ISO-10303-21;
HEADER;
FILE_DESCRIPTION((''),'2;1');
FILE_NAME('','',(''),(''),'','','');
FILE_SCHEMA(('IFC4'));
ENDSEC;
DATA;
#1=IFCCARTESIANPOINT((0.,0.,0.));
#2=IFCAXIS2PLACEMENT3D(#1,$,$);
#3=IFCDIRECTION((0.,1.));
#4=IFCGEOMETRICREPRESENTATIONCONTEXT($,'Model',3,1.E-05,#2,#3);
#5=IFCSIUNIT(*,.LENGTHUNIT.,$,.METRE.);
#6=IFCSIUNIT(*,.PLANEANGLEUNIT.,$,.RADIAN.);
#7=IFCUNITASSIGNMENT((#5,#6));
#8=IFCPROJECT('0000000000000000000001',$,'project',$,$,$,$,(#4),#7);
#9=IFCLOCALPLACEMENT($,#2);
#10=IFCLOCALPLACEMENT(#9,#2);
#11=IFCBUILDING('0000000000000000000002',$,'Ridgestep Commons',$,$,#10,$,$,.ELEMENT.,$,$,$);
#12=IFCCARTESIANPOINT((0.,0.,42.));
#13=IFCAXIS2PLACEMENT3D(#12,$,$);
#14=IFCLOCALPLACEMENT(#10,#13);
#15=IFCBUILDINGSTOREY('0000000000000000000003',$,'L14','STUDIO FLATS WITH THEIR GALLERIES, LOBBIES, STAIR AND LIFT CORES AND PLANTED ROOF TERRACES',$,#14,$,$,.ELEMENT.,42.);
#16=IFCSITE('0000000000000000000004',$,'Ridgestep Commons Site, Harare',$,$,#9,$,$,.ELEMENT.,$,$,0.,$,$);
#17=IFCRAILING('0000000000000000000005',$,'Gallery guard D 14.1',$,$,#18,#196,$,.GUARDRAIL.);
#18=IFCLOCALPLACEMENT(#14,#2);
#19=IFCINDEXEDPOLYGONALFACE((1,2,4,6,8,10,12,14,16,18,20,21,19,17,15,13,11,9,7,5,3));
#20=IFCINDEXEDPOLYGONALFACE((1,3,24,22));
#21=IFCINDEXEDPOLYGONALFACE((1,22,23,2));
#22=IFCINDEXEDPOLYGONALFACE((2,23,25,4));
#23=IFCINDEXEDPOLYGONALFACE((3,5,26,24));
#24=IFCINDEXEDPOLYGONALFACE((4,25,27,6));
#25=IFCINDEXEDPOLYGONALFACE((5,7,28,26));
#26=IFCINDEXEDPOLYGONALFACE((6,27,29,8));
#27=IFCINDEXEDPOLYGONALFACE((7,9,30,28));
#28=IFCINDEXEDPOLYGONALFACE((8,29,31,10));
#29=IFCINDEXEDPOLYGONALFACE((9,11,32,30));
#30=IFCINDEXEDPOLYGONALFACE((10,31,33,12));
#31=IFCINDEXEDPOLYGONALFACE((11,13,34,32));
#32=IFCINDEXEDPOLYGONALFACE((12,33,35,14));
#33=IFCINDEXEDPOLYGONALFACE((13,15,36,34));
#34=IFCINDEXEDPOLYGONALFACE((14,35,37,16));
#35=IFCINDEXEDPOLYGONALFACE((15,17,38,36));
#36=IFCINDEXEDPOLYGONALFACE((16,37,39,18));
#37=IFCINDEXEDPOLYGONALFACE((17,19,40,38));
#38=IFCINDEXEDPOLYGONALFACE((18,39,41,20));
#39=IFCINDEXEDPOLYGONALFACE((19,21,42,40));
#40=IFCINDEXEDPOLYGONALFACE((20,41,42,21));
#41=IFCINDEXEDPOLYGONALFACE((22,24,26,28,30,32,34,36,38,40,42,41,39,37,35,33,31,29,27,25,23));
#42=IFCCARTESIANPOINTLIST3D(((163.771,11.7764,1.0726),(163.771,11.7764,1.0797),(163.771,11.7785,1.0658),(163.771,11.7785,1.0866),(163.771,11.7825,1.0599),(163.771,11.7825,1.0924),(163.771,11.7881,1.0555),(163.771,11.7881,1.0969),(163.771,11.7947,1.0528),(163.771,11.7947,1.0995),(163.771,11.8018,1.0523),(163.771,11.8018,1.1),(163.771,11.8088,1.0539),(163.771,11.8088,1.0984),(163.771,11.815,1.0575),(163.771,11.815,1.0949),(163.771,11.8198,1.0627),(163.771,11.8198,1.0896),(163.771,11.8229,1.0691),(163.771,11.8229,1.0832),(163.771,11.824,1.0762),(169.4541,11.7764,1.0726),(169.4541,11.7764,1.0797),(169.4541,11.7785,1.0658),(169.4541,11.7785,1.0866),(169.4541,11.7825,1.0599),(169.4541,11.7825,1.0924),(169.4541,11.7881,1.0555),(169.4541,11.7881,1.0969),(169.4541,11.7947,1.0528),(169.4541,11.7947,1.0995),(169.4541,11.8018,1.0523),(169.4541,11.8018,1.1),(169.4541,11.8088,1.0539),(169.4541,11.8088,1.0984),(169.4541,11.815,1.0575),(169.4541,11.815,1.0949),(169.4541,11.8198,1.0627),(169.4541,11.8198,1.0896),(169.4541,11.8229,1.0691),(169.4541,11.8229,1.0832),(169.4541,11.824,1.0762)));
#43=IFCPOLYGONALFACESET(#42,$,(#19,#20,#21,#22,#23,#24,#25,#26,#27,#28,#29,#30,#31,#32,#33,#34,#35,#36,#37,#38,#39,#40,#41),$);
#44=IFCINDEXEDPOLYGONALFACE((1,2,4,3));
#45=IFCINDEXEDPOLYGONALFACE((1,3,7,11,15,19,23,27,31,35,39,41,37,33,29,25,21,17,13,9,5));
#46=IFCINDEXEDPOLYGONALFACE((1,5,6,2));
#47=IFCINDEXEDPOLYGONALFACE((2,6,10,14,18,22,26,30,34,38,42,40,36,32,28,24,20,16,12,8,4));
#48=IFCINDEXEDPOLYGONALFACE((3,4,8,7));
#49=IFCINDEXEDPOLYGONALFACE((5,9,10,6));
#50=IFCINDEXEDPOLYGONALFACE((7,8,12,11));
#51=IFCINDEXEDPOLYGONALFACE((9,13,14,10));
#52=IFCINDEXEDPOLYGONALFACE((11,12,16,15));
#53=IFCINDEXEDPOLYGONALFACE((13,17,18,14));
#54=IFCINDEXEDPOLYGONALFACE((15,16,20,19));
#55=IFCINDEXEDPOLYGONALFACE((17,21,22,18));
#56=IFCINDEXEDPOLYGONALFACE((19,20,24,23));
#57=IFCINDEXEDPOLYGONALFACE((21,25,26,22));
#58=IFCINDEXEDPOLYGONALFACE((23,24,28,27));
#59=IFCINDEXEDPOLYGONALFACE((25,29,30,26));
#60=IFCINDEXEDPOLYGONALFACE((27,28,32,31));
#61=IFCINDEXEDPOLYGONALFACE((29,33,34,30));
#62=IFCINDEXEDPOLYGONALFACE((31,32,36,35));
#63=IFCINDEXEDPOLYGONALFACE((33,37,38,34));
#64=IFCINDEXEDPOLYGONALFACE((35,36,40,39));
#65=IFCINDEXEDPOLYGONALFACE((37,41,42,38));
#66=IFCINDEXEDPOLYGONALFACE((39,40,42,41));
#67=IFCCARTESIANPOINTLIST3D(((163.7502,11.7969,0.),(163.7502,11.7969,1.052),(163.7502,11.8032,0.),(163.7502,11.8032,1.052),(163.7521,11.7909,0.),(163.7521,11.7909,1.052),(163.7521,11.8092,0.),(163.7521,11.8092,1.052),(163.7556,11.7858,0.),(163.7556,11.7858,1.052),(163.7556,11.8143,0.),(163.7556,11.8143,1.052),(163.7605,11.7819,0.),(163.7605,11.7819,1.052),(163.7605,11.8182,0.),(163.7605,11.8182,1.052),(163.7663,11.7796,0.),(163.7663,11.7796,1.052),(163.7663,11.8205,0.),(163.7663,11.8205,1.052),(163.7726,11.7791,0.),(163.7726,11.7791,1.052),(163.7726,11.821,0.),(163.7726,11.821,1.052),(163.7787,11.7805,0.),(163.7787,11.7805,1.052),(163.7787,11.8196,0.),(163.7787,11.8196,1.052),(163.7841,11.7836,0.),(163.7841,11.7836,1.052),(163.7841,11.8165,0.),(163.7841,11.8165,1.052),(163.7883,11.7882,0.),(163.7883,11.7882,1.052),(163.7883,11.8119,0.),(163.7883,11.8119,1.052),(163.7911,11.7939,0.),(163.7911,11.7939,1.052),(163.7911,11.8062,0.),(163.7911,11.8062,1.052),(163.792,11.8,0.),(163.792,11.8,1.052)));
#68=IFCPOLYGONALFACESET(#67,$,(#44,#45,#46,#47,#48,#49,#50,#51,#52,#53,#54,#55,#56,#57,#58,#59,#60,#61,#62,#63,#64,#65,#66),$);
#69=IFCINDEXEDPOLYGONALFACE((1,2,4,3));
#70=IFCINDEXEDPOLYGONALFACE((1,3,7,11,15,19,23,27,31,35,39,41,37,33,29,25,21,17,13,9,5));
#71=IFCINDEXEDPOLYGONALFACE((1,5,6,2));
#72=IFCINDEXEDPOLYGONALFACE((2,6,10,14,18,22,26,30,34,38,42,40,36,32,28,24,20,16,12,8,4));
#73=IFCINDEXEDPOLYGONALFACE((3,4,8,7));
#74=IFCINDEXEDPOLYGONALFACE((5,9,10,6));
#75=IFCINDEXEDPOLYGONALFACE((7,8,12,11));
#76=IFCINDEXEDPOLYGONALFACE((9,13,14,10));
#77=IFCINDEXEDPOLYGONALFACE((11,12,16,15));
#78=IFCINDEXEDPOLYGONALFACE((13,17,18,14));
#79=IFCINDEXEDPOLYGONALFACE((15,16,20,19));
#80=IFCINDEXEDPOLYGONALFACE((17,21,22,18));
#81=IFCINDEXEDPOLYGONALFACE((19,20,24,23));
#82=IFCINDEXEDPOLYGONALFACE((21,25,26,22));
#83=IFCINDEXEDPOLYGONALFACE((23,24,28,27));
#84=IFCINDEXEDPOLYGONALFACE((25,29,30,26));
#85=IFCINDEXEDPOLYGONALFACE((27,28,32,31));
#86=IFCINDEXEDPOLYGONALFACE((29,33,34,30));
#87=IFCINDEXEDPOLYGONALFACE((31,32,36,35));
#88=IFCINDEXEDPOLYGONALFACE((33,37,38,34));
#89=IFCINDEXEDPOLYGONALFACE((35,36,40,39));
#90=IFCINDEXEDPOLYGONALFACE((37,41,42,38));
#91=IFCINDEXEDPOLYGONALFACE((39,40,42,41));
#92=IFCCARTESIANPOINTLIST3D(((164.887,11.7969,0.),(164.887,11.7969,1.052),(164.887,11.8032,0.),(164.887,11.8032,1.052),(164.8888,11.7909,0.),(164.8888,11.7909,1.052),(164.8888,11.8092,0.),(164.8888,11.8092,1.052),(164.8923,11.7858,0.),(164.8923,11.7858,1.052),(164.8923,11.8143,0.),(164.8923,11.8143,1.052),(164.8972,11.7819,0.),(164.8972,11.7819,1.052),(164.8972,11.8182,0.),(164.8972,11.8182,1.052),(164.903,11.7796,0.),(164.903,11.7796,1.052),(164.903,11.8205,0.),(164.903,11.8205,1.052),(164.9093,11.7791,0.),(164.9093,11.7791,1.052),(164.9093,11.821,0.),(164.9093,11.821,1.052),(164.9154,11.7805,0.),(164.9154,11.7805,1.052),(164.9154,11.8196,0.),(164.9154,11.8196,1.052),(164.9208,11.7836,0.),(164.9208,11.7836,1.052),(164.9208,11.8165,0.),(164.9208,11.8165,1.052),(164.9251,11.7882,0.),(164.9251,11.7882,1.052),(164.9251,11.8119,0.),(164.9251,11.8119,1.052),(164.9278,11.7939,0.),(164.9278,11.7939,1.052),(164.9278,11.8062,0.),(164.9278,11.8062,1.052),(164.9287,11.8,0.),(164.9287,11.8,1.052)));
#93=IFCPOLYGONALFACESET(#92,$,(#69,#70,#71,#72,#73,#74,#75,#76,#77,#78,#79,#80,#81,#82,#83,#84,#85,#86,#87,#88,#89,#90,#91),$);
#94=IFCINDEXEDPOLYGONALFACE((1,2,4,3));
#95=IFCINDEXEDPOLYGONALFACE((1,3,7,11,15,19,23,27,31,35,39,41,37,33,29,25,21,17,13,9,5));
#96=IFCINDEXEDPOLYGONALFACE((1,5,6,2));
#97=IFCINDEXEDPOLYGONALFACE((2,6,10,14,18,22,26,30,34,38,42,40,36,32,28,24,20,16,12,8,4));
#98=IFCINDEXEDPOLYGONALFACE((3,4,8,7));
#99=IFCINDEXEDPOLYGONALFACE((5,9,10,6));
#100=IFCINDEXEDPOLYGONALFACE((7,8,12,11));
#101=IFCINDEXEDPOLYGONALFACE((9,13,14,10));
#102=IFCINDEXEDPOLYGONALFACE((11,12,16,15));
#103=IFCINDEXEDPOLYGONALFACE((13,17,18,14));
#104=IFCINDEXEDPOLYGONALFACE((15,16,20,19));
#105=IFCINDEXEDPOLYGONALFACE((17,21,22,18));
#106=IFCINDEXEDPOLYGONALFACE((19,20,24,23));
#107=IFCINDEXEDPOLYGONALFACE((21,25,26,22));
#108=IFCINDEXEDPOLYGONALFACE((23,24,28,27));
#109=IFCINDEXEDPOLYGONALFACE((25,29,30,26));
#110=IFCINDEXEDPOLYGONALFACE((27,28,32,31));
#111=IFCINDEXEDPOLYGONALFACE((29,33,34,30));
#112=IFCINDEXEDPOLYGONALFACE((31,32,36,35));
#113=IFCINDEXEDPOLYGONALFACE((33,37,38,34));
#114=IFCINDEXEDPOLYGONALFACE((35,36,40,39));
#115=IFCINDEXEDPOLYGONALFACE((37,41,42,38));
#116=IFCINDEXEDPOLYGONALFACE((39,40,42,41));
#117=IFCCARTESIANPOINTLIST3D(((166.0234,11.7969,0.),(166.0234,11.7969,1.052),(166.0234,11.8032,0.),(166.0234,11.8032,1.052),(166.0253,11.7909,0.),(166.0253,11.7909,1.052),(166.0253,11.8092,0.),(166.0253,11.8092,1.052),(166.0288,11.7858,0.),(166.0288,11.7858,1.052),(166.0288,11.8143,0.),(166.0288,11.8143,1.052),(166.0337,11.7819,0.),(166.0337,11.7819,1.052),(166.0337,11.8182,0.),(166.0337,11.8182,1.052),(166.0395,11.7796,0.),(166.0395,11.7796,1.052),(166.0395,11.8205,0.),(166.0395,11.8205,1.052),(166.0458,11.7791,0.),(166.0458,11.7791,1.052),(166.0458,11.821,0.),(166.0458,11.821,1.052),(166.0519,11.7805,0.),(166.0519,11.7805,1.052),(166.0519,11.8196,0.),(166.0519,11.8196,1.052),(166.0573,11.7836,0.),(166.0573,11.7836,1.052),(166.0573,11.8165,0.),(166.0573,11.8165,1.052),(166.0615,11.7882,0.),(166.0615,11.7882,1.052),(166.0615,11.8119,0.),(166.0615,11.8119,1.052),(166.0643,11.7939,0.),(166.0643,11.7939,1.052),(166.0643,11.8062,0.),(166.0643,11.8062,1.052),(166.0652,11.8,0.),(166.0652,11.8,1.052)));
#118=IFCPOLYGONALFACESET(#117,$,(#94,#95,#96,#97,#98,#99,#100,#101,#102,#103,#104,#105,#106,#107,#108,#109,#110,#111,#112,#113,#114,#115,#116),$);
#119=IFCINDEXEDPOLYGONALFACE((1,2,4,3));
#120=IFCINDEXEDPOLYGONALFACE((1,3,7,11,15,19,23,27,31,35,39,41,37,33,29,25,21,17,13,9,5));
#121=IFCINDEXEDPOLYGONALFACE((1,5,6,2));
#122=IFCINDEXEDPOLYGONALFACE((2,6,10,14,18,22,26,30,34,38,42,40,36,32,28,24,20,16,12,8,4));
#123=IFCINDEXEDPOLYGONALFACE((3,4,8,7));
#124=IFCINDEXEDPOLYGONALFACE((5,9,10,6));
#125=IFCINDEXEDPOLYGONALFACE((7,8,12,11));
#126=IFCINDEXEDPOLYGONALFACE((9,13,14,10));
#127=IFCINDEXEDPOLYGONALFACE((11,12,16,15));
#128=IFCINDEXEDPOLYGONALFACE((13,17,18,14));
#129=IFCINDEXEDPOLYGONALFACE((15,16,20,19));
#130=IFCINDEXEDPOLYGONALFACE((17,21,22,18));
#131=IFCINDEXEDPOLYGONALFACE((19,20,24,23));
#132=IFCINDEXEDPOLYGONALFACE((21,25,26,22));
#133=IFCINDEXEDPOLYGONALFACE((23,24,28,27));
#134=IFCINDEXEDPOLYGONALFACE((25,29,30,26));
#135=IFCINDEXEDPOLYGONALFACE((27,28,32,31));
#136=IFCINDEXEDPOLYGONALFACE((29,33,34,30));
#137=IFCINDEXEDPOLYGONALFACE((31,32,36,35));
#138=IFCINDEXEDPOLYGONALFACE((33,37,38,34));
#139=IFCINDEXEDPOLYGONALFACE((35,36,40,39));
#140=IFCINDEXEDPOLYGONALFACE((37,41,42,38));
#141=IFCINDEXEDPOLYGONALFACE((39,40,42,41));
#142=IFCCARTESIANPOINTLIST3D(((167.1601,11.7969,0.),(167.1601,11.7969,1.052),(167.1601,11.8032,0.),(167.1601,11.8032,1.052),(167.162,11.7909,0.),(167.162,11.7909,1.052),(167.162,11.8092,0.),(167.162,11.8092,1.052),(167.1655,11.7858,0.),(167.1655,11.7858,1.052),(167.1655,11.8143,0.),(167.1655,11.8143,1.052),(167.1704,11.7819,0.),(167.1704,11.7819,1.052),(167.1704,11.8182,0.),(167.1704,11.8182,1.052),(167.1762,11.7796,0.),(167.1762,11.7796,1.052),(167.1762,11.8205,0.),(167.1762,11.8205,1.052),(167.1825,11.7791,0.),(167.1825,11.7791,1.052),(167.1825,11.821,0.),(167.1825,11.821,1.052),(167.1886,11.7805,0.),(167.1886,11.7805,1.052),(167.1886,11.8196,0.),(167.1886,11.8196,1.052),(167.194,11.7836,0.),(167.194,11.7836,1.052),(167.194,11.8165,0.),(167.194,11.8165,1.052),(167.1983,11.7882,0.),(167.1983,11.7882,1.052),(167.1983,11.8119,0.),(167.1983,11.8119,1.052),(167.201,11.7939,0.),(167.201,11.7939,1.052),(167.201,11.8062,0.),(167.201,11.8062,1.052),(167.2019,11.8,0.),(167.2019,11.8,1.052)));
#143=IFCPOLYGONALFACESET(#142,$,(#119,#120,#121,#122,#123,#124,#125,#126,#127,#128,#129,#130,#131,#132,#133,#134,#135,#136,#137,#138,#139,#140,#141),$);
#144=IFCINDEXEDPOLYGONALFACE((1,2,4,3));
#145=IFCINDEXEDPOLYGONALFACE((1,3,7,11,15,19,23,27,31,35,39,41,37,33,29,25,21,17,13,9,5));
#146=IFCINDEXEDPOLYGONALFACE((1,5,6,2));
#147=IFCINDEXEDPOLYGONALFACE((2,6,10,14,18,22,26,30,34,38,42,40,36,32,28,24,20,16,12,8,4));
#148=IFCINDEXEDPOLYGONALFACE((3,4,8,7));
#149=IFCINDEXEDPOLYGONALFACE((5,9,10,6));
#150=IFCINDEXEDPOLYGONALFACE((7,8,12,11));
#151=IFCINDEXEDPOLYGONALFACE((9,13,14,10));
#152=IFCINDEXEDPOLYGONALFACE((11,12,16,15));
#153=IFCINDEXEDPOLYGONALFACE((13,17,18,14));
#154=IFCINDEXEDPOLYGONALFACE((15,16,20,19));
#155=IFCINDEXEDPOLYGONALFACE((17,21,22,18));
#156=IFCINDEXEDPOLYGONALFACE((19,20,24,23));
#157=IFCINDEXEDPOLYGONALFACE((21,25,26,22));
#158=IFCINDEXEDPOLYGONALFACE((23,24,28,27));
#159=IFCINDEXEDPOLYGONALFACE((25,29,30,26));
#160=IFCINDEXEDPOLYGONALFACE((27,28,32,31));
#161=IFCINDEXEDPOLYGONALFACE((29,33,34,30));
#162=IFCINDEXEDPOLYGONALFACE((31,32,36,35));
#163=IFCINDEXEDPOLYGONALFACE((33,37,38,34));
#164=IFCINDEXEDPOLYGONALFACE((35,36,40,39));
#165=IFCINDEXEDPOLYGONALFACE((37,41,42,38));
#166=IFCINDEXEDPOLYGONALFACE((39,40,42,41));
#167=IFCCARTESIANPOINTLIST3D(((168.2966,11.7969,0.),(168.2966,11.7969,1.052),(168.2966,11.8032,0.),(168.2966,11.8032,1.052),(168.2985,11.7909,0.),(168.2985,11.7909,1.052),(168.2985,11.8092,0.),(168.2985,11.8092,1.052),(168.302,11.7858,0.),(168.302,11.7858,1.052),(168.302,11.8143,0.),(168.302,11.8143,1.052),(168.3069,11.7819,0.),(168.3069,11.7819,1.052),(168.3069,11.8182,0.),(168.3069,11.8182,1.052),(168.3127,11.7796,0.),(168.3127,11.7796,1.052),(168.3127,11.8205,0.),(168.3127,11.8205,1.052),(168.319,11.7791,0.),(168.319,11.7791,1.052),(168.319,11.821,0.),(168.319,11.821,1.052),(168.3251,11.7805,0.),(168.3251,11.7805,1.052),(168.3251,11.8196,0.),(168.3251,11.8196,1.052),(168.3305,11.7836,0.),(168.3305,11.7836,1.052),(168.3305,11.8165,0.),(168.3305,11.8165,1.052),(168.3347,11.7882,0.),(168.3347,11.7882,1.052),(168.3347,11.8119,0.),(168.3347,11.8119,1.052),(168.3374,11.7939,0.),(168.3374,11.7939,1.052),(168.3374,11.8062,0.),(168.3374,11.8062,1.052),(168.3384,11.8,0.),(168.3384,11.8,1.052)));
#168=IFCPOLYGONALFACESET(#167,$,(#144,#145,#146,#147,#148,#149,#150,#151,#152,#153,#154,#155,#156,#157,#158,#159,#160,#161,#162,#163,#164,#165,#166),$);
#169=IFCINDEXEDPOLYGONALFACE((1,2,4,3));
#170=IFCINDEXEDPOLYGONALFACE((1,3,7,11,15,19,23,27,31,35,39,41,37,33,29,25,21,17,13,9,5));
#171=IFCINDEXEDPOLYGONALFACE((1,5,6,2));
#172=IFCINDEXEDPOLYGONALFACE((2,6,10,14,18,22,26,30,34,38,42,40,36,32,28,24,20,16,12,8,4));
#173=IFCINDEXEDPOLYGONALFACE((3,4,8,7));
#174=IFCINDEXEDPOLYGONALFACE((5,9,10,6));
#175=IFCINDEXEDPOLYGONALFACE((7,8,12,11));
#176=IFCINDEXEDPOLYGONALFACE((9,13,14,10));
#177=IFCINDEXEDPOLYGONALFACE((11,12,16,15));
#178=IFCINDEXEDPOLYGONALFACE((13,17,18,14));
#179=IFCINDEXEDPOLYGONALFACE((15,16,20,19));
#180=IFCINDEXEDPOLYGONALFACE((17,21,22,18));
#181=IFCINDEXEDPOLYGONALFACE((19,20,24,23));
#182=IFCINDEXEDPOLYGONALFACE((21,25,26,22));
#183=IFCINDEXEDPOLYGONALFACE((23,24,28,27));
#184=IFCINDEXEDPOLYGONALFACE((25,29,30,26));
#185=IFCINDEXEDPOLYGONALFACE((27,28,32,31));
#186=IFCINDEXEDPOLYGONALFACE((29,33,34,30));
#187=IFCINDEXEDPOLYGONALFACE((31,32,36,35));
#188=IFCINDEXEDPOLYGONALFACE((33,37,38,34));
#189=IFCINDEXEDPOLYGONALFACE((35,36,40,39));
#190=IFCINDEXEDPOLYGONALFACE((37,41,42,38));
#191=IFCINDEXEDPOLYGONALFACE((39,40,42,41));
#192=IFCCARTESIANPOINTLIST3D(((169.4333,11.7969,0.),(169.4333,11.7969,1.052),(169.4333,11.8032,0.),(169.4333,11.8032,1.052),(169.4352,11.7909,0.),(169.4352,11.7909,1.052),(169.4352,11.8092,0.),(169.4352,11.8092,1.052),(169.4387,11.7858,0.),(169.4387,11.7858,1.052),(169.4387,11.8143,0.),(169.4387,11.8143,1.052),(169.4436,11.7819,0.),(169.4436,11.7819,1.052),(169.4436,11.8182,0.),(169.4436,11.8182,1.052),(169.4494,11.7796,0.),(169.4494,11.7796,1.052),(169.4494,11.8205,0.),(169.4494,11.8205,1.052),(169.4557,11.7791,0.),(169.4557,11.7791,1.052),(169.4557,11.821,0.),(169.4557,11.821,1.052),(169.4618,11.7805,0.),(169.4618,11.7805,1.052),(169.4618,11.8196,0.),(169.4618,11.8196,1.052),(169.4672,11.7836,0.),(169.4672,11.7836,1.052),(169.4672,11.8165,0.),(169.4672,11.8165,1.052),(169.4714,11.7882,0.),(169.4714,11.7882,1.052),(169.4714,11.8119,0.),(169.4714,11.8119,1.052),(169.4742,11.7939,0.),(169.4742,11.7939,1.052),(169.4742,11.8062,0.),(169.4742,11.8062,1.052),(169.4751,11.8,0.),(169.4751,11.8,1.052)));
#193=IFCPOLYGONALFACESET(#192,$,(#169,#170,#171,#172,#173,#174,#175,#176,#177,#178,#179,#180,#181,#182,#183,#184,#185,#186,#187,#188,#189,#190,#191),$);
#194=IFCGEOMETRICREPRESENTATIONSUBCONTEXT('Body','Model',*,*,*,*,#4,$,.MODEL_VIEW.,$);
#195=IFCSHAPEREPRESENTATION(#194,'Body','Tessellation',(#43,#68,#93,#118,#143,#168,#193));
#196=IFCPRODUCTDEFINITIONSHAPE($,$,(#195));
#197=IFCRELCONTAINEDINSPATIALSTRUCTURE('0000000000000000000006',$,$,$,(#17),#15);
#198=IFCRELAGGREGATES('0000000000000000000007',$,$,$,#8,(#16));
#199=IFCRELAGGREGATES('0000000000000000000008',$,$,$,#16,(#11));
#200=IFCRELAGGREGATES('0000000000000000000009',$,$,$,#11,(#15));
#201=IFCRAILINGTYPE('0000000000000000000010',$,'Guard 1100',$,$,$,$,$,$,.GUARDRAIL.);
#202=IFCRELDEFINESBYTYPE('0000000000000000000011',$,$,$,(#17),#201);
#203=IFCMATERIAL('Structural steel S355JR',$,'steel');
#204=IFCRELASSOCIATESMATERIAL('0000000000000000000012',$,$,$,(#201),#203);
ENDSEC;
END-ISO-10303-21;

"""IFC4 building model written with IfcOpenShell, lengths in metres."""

from ifc_helpers import new_model, si_unit, direction, frame, origin, origin_2d, place, context, subcontext, project, spatial, circle, extrude, material, type_object, element, save


model = new_model("IFC4")

# Units and contexts
model_context = context("Model", 3, precision=1e-05, world=origin(), true_north=direction((0.0, 1.0)))
body_context = subcontext(model_context, "Body", "Model", "MODEL_VIEW")
ifc_project = project(units=[si_unit("LENGTHUNIT", "METRE"), si_unit("PLANEANGLEUNIT", "RADIAN")], contexts=[model_context])

# Site, building, storey
site_placement = place(None, origin())
site = spatial("IfcSite", under=ifc_project, at=site_placement, Name="Ridgestep Commons Site, Harare", CompositionType="ELEMENT", RefElevation=0.0)
building_placement = place(site_placement, origin())
building = spatial("IfcBuilding", under=site, at=building_placement, Name="Ridgestep Commons", CompositionType="ELEMENT")
storey_placement = place(building_placement, frame((0.0, 0.0, 42.0)))
storey = spatial("IfcBuildingStorey", under=building, at=storey_placement, Name="L14", Description="STUDIO FLATS WITH THEIR GALLERIES, LOBBIES, STAIR AND LIFT CORES AND PLANTED ROOF TERRACES", CompositionType="ELEMENT", Elevation=42.0)

# Railing
ifc_material_1 = material(Name="Structural steel S355JR", Category="steel")
railing_type = type_object("IfcRailingType", Name="Guard 1100", PredefinedType="GUARDRAIL", material=ifc_material_1)
railing_placement = place(storey_placement, frame((163.771, 11.8, 0.0)))
element("IfcRailing", 1, at=railing_placement, inside=storey, type_object=railing_type, Name="Gallery guard D 14.1", PredefinedType="GUARDRAIL", context=body_context, shape_type="SweptSolid", body=[
    extrude(circle(Radius=0.0239, at=origin_2d()), frame((0.0, 0.0, 1.0762), z_axis=(1.0, 0.0, 0.0), x_axis=(0.0, 1.0, 0.0)), (0.0, 0.0, 1.0), 5.6831),
    extrude(circle(Radius=0.021, at=origin_2d()), origin(), (0.0, 0.0, 1.0), 1.052),
    extrude(circle(Radius=0.021, at=origin_2d()), frame((1.1367, 0.0, 0.0)), (0.0, 0.0, 1.0), 1.052),
    extrude(circle(Radius=0.021, at=origin_2d()), frame((2.2732, 0.0, 0.0)), (0.0, 0.0, 1.0), 1.052),
    extrude(circle(Radius=0.021, at=origin_2d()), frame((3.4099, 0.0, 0.0)), (0.0, 0.0, 1.0), 1.052),
    extrude(circle(Radius=0.021, at=origin_2d()), frame((4.5464, 0.0, 0.0)), (0.0, 0.0, 1.0), 1.052),
    extrude(circle(Radius=0.021, at=origin_2d()), frame((5.6831, 0.0, 0.0)), (0.0, 0.0, 1.0), 1.052),
])

save(model, "model.ifc")
